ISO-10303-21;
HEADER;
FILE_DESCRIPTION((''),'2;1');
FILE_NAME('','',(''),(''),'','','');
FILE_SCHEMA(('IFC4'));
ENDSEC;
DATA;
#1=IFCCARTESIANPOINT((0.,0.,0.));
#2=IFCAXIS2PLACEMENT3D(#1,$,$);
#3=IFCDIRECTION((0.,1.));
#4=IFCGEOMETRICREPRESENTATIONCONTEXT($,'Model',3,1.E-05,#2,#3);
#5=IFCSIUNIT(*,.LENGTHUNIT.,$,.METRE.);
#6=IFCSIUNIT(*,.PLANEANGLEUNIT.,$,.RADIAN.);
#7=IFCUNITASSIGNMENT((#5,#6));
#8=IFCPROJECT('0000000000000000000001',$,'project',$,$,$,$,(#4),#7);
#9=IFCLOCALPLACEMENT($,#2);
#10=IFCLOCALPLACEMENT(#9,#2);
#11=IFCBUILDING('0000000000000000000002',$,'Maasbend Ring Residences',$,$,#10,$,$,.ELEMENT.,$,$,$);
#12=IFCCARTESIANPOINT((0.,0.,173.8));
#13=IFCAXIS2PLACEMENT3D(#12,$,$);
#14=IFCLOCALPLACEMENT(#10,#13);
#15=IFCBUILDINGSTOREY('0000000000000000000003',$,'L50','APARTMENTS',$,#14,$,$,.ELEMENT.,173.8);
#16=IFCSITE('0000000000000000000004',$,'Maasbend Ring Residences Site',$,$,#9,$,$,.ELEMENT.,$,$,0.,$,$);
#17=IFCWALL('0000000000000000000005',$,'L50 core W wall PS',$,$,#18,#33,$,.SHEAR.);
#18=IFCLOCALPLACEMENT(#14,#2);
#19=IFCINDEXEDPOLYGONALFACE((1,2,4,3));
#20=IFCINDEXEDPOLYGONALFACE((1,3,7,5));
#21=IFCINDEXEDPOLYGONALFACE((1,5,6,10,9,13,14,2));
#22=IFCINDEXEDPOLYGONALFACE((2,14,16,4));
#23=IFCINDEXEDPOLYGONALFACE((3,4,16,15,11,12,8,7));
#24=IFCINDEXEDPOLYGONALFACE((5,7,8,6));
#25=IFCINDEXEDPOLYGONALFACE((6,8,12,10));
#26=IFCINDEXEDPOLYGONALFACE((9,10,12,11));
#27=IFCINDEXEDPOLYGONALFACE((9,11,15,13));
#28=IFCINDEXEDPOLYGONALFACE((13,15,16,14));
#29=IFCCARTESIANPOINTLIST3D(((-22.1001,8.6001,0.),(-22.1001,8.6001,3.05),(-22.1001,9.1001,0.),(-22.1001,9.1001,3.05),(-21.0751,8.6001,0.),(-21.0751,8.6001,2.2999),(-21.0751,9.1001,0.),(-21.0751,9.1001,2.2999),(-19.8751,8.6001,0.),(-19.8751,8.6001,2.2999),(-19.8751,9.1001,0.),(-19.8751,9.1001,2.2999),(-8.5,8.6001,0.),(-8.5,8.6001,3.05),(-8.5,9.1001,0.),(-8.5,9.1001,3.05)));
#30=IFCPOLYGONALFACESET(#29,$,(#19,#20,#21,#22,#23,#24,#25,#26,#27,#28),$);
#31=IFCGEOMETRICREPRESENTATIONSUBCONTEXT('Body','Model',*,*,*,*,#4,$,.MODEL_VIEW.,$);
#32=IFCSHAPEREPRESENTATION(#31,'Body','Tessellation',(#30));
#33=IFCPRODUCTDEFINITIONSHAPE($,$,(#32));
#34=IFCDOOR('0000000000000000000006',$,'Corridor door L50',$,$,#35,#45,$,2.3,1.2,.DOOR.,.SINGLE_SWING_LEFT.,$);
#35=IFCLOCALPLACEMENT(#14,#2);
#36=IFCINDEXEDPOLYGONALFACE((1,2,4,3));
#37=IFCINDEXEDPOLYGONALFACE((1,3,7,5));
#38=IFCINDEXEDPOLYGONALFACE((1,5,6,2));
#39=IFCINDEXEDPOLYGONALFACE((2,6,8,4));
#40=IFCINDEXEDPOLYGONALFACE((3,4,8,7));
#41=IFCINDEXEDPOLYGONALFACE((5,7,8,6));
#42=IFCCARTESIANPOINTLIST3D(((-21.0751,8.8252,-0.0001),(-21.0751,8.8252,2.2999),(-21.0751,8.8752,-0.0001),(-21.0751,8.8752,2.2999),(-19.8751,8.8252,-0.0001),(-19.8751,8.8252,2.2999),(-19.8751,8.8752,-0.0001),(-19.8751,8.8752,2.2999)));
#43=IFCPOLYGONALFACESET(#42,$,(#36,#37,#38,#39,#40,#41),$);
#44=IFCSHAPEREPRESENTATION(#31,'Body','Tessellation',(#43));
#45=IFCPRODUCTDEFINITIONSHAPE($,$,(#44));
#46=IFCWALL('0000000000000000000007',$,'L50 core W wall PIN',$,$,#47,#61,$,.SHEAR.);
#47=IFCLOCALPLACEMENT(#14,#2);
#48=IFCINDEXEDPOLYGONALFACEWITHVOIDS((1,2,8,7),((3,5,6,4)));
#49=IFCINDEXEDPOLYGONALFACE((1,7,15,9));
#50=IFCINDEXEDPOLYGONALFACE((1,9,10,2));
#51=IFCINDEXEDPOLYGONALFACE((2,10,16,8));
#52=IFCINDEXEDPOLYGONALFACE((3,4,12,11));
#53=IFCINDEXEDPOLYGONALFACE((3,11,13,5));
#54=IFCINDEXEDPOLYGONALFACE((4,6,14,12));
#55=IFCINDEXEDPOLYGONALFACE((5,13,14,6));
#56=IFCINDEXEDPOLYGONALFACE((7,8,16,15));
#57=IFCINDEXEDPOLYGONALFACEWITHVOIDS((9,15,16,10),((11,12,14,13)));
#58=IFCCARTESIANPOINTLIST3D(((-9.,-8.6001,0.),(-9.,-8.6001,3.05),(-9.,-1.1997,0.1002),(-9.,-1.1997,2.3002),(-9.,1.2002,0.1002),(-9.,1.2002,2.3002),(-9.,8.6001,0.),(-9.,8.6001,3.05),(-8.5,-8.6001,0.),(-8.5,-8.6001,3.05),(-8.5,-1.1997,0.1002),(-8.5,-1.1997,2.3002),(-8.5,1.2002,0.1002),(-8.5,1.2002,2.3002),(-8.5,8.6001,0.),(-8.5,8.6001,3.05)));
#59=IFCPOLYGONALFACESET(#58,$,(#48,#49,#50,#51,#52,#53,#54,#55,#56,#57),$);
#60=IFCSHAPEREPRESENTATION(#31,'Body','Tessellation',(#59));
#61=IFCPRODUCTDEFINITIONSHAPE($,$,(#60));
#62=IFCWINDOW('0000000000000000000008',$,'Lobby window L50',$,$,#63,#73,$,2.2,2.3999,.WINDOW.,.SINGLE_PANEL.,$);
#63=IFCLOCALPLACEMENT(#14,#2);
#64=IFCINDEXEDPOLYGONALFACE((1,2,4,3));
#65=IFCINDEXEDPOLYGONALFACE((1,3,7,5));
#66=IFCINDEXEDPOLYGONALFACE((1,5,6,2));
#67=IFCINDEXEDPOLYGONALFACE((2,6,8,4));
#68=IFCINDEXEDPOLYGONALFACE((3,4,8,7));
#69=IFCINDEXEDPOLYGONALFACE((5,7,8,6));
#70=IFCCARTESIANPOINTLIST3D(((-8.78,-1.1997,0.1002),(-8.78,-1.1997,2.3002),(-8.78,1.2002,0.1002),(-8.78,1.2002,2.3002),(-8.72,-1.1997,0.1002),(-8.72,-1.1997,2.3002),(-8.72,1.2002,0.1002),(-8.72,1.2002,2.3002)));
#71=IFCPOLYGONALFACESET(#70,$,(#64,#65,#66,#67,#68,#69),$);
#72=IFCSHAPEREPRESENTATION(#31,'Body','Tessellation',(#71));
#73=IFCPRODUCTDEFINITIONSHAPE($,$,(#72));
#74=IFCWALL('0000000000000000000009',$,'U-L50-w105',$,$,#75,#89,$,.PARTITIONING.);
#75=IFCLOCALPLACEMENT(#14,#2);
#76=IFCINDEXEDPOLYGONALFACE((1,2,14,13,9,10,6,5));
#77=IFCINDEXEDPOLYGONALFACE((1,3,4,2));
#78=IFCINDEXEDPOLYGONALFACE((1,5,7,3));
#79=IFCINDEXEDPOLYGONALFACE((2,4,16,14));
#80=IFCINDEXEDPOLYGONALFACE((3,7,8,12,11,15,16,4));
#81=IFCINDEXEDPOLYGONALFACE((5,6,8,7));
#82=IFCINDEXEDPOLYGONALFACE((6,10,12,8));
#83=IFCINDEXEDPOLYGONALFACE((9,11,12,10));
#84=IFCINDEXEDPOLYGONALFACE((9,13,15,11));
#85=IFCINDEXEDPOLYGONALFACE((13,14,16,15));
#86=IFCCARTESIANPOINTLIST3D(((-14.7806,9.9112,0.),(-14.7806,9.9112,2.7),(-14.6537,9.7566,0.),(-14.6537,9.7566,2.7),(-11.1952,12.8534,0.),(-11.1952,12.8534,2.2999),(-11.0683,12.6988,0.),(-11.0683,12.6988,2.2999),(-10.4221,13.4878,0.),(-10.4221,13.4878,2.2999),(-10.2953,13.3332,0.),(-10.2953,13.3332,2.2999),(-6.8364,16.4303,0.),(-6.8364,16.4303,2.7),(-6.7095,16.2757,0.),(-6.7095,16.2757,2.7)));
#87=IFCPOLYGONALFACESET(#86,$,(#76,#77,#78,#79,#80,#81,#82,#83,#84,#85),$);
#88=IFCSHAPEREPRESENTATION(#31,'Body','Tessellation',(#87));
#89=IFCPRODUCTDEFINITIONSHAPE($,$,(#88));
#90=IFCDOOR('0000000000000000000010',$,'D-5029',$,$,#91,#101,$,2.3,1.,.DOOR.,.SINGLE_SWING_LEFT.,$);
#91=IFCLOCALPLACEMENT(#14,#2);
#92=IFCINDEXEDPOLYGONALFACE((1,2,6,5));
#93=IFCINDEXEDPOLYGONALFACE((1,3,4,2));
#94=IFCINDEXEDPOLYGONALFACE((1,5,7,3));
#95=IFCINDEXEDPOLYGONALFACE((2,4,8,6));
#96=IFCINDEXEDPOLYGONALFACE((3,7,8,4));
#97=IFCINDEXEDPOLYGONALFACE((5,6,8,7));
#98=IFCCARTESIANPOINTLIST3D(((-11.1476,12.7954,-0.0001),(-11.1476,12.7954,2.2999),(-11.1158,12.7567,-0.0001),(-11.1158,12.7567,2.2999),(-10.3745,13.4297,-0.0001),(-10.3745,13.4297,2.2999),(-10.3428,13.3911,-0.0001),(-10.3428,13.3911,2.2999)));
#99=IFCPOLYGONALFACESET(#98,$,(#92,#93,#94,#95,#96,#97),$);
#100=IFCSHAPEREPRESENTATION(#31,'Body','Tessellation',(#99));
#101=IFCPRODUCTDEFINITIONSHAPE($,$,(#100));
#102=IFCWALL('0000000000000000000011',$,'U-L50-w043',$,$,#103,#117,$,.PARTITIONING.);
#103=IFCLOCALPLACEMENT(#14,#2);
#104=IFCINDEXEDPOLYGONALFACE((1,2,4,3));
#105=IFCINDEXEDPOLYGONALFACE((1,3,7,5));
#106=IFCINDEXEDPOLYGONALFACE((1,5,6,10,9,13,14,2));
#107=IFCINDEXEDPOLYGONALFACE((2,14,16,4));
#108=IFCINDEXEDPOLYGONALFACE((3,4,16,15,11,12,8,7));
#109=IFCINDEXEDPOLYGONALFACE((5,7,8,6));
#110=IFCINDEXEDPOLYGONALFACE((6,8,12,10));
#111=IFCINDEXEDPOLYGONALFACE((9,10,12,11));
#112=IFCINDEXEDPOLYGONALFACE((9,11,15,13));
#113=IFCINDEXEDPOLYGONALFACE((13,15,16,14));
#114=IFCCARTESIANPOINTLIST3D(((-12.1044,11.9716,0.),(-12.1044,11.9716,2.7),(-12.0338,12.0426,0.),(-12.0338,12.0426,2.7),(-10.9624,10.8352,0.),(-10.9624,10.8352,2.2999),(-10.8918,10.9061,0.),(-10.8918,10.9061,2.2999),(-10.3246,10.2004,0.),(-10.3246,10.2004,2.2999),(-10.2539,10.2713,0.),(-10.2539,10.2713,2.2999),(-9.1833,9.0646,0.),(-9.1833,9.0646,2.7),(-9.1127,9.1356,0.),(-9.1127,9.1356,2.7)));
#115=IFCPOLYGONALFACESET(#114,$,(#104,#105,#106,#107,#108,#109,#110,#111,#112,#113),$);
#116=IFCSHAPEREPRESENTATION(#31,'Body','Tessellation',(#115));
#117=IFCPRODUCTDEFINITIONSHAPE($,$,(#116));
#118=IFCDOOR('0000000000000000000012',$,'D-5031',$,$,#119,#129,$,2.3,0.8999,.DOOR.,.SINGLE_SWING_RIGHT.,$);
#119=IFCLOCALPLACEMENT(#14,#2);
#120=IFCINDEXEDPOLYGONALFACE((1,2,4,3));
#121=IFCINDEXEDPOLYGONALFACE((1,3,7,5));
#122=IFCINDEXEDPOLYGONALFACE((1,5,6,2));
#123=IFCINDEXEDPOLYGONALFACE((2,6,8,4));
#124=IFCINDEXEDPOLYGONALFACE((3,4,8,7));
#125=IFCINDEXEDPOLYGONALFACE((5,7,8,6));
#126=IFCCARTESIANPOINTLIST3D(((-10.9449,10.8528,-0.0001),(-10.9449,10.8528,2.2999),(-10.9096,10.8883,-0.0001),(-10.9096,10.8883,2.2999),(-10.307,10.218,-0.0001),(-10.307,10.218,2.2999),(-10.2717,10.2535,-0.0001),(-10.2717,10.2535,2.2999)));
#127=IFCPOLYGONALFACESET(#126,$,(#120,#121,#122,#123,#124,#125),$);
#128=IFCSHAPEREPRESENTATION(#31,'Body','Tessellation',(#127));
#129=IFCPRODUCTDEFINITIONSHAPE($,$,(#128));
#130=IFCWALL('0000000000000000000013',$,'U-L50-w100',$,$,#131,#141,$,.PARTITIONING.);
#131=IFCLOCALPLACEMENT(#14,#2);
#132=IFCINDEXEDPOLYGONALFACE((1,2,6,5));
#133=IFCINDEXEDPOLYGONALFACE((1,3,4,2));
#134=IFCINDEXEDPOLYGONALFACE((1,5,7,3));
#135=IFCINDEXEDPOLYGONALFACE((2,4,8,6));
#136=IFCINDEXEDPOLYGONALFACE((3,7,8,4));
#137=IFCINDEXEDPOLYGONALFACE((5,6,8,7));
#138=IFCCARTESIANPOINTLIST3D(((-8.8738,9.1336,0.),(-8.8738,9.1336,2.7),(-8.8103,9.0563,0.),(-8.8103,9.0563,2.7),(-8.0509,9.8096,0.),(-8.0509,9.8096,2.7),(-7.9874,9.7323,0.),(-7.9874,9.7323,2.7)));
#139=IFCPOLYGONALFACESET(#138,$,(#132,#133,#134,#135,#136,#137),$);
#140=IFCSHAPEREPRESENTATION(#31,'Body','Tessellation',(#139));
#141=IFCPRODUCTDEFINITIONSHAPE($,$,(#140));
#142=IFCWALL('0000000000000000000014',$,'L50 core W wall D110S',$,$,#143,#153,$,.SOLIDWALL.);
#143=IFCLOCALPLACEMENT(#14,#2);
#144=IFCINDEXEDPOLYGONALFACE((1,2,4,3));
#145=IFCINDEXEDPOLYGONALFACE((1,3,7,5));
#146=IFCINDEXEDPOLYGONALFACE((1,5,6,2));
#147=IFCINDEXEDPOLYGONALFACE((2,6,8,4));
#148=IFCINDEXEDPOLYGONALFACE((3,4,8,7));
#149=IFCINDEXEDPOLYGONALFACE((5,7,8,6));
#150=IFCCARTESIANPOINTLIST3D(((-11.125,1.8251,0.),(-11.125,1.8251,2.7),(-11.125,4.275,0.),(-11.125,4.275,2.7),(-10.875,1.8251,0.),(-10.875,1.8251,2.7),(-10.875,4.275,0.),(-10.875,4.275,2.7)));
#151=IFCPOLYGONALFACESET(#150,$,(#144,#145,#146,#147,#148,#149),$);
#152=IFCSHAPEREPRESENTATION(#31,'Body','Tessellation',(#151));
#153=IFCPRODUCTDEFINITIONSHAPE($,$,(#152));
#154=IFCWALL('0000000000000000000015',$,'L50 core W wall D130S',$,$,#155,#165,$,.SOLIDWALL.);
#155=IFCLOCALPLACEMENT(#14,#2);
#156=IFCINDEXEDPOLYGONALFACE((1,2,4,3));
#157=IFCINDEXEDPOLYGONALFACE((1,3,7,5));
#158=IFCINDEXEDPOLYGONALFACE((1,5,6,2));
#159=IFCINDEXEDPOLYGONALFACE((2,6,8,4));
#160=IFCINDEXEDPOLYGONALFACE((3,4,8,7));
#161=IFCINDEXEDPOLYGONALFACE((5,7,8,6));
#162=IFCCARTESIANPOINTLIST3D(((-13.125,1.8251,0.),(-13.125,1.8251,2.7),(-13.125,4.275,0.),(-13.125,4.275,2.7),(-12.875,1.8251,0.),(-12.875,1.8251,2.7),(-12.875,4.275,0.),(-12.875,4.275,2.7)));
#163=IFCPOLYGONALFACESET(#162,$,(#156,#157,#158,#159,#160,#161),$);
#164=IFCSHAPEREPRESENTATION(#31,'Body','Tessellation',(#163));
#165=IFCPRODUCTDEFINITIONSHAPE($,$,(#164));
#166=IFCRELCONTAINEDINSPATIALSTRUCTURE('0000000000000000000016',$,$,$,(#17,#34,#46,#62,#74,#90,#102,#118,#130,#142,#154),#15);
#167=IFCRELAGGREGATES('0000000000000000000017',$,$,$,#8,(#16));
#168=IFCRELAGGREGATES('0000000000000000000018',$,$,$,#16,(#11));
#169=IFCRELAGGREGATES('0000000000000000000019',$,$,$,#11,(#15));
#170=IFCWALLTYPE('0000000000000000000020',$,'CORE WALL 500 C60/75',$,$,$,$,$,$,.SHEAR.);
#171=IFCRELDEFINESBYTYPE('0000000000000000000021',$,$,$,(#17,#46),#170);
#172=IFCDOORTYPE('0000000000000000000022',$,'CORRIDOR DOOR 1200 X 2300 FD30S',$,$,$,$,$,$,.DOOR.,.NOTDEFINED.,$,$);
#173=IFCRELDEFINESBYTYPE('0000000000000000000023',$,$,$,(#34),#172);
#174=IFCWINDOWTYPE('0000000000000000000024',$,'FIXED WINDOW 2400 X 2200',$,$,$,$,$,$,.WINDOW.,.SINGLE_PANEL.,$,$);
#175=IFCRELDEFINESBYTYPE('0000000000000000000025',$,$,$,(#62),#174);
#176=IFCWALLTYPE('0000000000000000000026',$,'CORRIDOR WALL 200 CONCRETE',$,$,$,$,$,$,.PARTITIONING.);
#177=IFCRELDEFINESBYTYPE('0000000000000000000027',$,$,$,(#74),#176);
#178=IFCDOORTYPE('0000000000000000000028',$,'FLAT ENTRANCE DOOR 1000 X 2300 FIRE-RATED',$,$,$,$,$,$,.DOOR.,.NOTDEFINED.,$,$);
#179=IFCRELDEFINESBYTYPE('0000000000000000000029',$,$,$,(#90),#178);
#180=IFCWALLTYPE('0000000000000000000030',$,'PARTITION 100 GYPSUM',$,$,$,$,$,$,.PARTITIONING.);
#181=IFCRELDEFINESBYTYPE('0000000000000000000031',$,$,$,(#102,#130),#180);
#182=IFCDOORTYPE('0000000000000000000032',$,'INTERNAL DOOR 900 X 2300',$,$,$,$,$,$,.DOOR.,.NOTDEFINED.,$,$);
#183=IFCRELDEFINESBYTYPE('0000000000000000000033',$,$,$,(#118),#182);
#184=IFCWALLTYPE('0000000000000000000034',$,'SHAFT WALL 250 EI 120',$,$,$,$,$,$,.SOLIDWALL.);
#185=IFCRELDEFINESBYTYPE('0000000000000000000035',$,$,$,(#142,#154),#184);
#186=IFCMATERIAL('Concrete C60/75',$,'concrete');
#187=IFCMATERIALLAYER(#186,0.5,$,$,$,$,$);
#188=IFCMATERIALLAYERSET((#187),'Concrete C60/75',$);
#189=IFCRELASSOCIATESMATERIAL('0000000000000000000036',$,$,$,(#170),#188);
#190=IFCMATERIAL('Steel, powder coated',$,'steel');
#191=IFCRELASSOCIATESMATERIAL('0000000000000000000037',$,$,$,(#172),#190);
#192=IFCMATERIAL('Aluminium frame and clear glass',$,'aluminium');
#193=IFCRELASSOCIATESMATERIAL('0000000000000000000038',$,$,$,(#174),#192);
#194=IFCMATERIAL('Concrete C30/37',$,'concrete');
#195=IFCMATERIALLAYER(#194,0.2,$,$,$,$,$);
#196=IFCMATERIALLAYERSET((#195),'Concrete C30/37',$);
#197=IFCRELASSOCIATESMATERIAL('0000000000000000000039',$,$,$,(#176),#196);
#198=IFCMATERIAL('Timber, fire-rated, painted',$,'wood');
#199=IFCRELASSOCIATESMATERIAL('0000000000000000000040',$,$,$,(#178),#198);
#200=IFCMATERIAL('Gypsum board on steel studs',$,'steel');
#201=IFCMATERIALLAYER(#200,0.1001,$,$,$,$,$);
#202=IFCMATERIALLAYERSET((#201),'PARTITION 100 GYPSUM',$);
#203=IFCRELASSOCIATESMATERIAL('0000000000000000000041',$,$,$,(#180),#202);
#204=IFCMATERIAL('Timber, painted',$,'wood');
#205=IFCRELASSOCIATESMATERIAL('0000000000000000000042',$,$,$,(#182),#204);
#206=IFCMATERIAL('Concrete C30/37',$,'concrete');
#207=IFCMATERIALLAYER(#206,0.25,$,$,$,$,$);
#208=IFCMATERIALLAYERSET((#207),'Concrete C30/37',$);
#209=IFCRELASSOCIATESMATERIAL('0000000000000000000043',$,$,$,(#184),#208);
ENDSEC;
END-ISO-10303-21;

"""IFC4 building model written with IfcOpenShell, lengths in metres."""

from ifc_helpers import new_model, si_unit, direction, frame, frame_2d, origin, place, context, subcontext, project, spatial, rectangle, extrude, material, layer, layer_set, type_object, element, fill, save


model = new_model("IFC4")

# Units and contexts
model_context = context("Model", 3, precision=1e-05, world=origin(), true_north=direction((0.0, 1.0)))
body_context = subcontext(model_context, "Body", "Model", "MODEL_VIEW")
ifc_project = project(units=[si_unit("LENGTHUNIT", "METRE"), si_unit("PLANEANGLEUNIT", "RADIAN")], contexts=[model_context])

# Site, building, storey
site_placement = place(None, origin())
site = spatial("IfcSite", under=ifc_project, at=site_placement, Name="Maasbend Ring Residences Site", CompositionType="ELEMENT", RefElevation=0.0)
building_placement = place(site_placement, origin())
building = spatial("IfcBuilding", under=site, at=building_placement, Name="Maasbend Ring Residences", CompositionType="ELEMENT")
storey_placement = place(building_placement, frame((0.0, 0.0, 173.8)))
storey = spatial("IfcBuildingStorey", under=building, at=storey_placement, Name="L50", Description="APARTMENTS", CompositionType="ELEMENT", Elevation=173.8)

# Wall, opening, door
ifc_material_1 = material(Name="Concrete C60/75", Category="concrete")
ifc_layer_1 = layer(ifc_material_1, 0.5)
ifc_layer_set_1 = layer_set([ifc_layer_1], Name="Concrete C60/75")
wall_type_1 = type_object("IfcWallType", Name="CORE WALL 500 C60/75", PredefinedType="SHEAR", material=ifc_layer_set_1)
wall_1_placement = place(storey_placement, frame((-8.5, 8.8501, 0.0), z_axis=(0.0, 0.0, 1.0), x_axis=(-1.0, 0.0, 0.0)))
wall_1 = element("IfcWall", 1, at=wall_1_placement, inside=storey, type_object=wall_type_1, Name="L50 core W wall PS", PredefinedType="SHEAR", context=body_context, shape_type="SweptSolid", body=[
    extrude(rectangle(XDim=13.6001, YDim=0.5, at=frame_2d((6.8, 0.0))), origin(), (0.0, 0.0, 1.0), 3.05),
])
opening_1_placement = place(wall_1_placement, frame((11.375, 0.0, 0.0)))
opening_1 = element("IfcOpeningElement", 2, at=opening_1_placement, cuts=wall_1, PredefinedType="OPENING", context=body_context, shape_type="SweptSolid", body=[
    extrude(rectangle(XDim=1.2, YDim=2.3, at=frame_2d((0.6001, 1.1499))), frame((0.0, 0.26, 0.0), z_axis=(0.0, -1.0, 0.0), x_axis=(1.0, 0.0, 0.0)), (0.0, 0.0, 1.0), 0.52),
])
ifc_material_2 = material(Name="Steel, powder coated", Category="steel")
door_type_1 = type_object("IfcDoorType", Name="CORRIDOR DOOR 1200 X 2300 FD30S", OperationType="NOTDEFINED", PredefinedType="DOOR", material=ifc_material_2)
door_1_placement = place(opening_1_placement, origin())
door_1 = element("IfcDoor", 3, at=door_1_placement, inside=storey, type_object=door_type_1, Name="Corridor door L50", OperationType="SINGLE_SWING_LEFT", OverallHeight=2.3, OverallWidth=1.2, PredefinedType="DOOR", context=body_context, shape_type="SweptSolid", body=[
    extrude(rectangle(XDim=1.2, YDim=2.3, at=frame_2d((0.6001, 1.1499))), frame((0.0, 0.0249, 0.0), z_axis=(0.0, -1.0, 0.0), x_axis=(1.0, 0.0, 0.0)), (0.0, 0.0, 1.0), 0.05),
])
fill(opening_1, door_1)

# Wall, opening, window
wall_2_placement = place(storey_placement, frame((-8.75, 8.6001, 0.0), z_axis=(0.0, 0.0, 1.0), x_axis=(0.0, -1.0, 0.0)))
wall_2 = element("IfcWall", 4, at=wall_2_placement, inside=storey, type_object=wall_type_1, Name="L50 core W wall PIN", PredefinedType="SHEAR", context=body_context, shape_type="SweptSolid", body=[
    extrude(rectangle(XDim=17.2002, YDim=0.5, at=frame_2d((8.6001, 0.0))), origin(), (0.0, 0.0, 1.0), 3.05),
])
opening_2_placement = place(wall_2_placement, frame((7.3999, 0.0, 0.1001)))
opening_2 = element("IfcOpeningElement", 5, at=opening_2_placement, cuts=wall_2, PredefinedType="OPENING", context=body_context, shape_type="SweptSolid", body=[
    extrude(rectangle(XDim=2.3999, YDim=2.2, at=frame_2d((1.2, 1.1001))), frame((0.0, 0.26, 0.0), z_axis=(0.0, -1.0, 0.0), x_axis=(1.0, 0.0, 0.0)), (0.0, 0.0, 1.0), 0.52),
])
ifc_material_3 = material(Name="Aluminium frame and clear glass", Category="aluminium")
window_type = type_object("IfcWindowType", Name="FIXED WINDOW 2400 X 2200", PartitioningType="SINGLE_PANEL", PredefinedType="WINDOW", material=ifc_material_3)
window_placement = place(opening_2_placement, origin())
window = element("IfcWindow", 6, at=window_placement, inside=storey, type_object=window_type, Name="Lobby window L50", OverallHeight=2.2, OverallWidth=2.3999, PartitioningType="SINGLE_PANEL", PredefinedType="WINDOW", context=body_context, shape_type="SweptSolid", body=[
    extrude(rectangle(XDim=2.3999, YDim=2.2, at=frame_2d((1.2, 1.1001))), frame((0.0, 0.03, 0.0), z_axis=(0.0, -1.0, 0.0), x_axis=(1.0, 0.0, 0.0)), (0.0, 0.0, 1.0), 0.0601),
])
fill(opening_2, window)

# Walls, openings, doors
ifc_material_4 = material(Name="Concrete C30/37", Category="concrete")
ifc_layer_2 = layer(ifc_material_4, 0.2)
ifc_layer_set_2 = layer_set([ifc_layer_2], Name="Concrete C30/37")
wall_type_2 = type_object("IfcWallType", Name="CORRIDOR WALL 200 CONCRETE", PredefinedType="PARTITIONING", material=ifc_layer_set_2)
wall_3_placement = place(storey_placement, frame((-14.717, 9.834, 0.0), z_axis=(0.0, 0.0, 1.0), x_axis=(0.773035, 0.634364, 0.0)))
wall_3 = element("IfcWall", 7, at=wall_3_placement, inside=storey, type_object=wall_type_2, Name="U-L50-w105", PredefinedType="PARTITIONING", context=body_context, shape_type="SweptSolid", body=[
    extrude(rectangle(XDim=10.2766, YDim=0.2, at=frame_2d((5.1382, 0.0))), origin(), (0.0, 0.0, 1.0), 2.7),
])
opening_3_placement = place(wall_3_placement, frame((4.6379, 0.0, 0.0)))
opening_3 = element("IfcOpeningElement", 8, at=opening_3_placement, cuts=wall_3, PredefinedType="OPENING", context=body_context, shape_type="SweptSolid", body=[
    extrude(rectangle(XDim=1.0, YDim=2.3, at=frame_2d((0.5, 1.1499))), frame((0.0, 0.1099, 0.0), z_axis=(0.0, -1.0, 0.0), x_axis=(1.0, 0.0, 0.0)), (0.0, 0.0, 1.0), 0.22),
])
ifc_material_5 = material(Name="Timber, fire-rated, painted", Category="wood")
door_type_2 = type_object("IfcDoorType", Name="FLAT ENTRANCE DOOR 1000 X 2300 FIRE-RATED", OperationType="NOTDEFINED", PredefinedType="DOOR", material=ifc_material_5)
door_2_placement = place(opening_3_placement, origin())
door_2 = element("IfcDoor", 9, at=door_2_placement, inside=storey, type_object=door_type_2, Name="D-5029", OperationType="SINGLE_SWING_LEFT", OverallHeight=2.3, OverallWidth=1.0, PredefinedType="DOOR", context=body_context, shape_type="SweptSolid", body=[
    extrude(rectangle(XDim=1.0, YDim=2.3, at=frame_2d((0.5, 1.1499))), frame((0.0, 0.0249, 0.0), z_axis=(0.0, -1.0, 0.0), x_axis=(1.0, 0.0, 0.0)), (0.0, 0.0, 1.0), 0.05),
])
fill(opening_3, door_2)
ifc_material_6 = material(Name="Gypsum board on steel studs", Category="steel")
ifc_layer_3 = layer(ifc_material_6, 0.1001)
ifc_layer_set_3 = layer_set([ifc_layer_3], Name="PARTITION 100 GYPSUM")
wall_type_3 = type_object("IfcWallType", Name="PARTITION 100 GYPSUM", PredefinedType="PARTITIONING", material=ifc_layer_set_3)
wall_4_placement = place(storey_placement, frame((-12.0691, 12.0071, 0.0), z_axis=(0.0, 0.0, 1.0), x_axis=(0.708823, -0.705387, 0.0)))
wall_4 = element("IfcWall", 10, at=wall_4_placement, inside=storey, type_object=wall_type_3, Name="U-L50-w043", PredefinedType="PARTITIONING", context=body_context, shape_type="SweptSolid", body=[
    extrude(rectangle(XDim=4.1211, YDim=0.1001, at=frame_2d((2.0605, 0.0))), origin(), (0.0, 0.0, 1.0), 2.7),
])
opening_4_placement = place(wall_4_placement, frame((1.6111, 0.0, 0.0)))
opening_4 = element("IfcOpeningElement", 11, at=opening_4_placement, cuts=wall_4, PredefinedType="OPENING", context=body_context, shape_type="SweptSolid", body=[
    extrude(rectangle(XDim=0.8999, YDim=2.3, at=frame_2d((0.45, 1.1499))), frame((0.0, 0.0601, 0.0), z_axis=(0.0, -1.0, 0.0), x_axis=(1.0, 0.0, 0.0)), (0.0, 0.0, 1.0), 0.1201),
])
ifc_material_7 = material(Name="Timber, painted", Category="wood")
door_type_3 = type_object("IfcDoorType", Name="INTERNAL DOOR 900 X 2300", OperationType="NOTDEFINED", PredefinedType="DOOR", material=ifc_material_7)
door_3_placement = place(opening_4_placement, origin())
door_3 = element("IfcDoor", 12, at=door_3_placement, inside=storey, type_object=door_type_3, Name="D-5031", OperationType="SINGLE_SWING_RIGHT", OverallHeight=2.3, OverallWidth=0.8999, PredefinedType="DOOR", context=body_context, shape_type="SweptSolid", body=[
    extrude(rectangle(XDim=0.8999, YDim=2.3, at=frame_2d((0.45, 1.1499))), frame((0.0, 0.0249, 0.0), z_axis=(0.0, -1.0, 0.0), x_axis=(1.0, 0.0, 0.0)), (0.0, 0.0, 1.0), 0.05),
])
fill(opening_4, door_3)

# Walls
wall_5_placement = place(storey_placement, frame((-8.842, 9.095, 0.0), z_axis=(0.0, 0.0, 1.0), x_axis=(0.77273, 0.634735, 0.0)))
element("IfcWall", 13, at=wall_5_placement, inside=storey, type_object=wall_type_3, Name="U-L50-w100", PredefinedType="PARTITIONING", context=body_context, shape_type="SweptSolid", body=[
    extrude(rectangle(XDim=1.0649, YDim=0.1001, at=frame_2d((0.5325, 0.0))), origin(), (0.0, 0.0, 1.0), 2.7),
])
ifc_material_8 = material(Name="Concrete C30/37", Category="concrete")
ifc_layer_4 = layer(ifc_material_8, 0.25)
ifc_layer_set_4 = layer_set([ifc_layer_4], Name="Concrete C30/37")
wall_type_4 = type_object("IfcWallType", Name="SHAFT WALL 250 EI 120", PredefinedType="SOLIDWALL", material=ifc_layer_set_4)
for number, where, z_axis, x_axis, name in (
    (14, (-11.0, 1.825, 0.0), (0.0, 0.0, 1.0), (0.0, 1.0, 0.0), "L50 core W wall D110S"),
    (15, (-13.0, 1.825, 0.0), (0.0, 0.0, 1.0), (0.0, 1.0, 0.0), "L50 core W wall D130S"),
):
    element("IfcWall", number, at=place(storey_placement, frame(where, z_axis=z_axis, x_axis=x_axis)), inside=storey, type_object=wall_type_4, Name=name, PredefinedType="SOLIDWALL", context=body_context, shape_type="SweptSolid", body=[
        extrude(rectangle(XDim=2.45, YDim=0.25, at=frame_2d((1.2251, 0.0))), origin(), (0.0, 0.0, 1.0), 2.7),
    ])

save(model, "model.ifc")
